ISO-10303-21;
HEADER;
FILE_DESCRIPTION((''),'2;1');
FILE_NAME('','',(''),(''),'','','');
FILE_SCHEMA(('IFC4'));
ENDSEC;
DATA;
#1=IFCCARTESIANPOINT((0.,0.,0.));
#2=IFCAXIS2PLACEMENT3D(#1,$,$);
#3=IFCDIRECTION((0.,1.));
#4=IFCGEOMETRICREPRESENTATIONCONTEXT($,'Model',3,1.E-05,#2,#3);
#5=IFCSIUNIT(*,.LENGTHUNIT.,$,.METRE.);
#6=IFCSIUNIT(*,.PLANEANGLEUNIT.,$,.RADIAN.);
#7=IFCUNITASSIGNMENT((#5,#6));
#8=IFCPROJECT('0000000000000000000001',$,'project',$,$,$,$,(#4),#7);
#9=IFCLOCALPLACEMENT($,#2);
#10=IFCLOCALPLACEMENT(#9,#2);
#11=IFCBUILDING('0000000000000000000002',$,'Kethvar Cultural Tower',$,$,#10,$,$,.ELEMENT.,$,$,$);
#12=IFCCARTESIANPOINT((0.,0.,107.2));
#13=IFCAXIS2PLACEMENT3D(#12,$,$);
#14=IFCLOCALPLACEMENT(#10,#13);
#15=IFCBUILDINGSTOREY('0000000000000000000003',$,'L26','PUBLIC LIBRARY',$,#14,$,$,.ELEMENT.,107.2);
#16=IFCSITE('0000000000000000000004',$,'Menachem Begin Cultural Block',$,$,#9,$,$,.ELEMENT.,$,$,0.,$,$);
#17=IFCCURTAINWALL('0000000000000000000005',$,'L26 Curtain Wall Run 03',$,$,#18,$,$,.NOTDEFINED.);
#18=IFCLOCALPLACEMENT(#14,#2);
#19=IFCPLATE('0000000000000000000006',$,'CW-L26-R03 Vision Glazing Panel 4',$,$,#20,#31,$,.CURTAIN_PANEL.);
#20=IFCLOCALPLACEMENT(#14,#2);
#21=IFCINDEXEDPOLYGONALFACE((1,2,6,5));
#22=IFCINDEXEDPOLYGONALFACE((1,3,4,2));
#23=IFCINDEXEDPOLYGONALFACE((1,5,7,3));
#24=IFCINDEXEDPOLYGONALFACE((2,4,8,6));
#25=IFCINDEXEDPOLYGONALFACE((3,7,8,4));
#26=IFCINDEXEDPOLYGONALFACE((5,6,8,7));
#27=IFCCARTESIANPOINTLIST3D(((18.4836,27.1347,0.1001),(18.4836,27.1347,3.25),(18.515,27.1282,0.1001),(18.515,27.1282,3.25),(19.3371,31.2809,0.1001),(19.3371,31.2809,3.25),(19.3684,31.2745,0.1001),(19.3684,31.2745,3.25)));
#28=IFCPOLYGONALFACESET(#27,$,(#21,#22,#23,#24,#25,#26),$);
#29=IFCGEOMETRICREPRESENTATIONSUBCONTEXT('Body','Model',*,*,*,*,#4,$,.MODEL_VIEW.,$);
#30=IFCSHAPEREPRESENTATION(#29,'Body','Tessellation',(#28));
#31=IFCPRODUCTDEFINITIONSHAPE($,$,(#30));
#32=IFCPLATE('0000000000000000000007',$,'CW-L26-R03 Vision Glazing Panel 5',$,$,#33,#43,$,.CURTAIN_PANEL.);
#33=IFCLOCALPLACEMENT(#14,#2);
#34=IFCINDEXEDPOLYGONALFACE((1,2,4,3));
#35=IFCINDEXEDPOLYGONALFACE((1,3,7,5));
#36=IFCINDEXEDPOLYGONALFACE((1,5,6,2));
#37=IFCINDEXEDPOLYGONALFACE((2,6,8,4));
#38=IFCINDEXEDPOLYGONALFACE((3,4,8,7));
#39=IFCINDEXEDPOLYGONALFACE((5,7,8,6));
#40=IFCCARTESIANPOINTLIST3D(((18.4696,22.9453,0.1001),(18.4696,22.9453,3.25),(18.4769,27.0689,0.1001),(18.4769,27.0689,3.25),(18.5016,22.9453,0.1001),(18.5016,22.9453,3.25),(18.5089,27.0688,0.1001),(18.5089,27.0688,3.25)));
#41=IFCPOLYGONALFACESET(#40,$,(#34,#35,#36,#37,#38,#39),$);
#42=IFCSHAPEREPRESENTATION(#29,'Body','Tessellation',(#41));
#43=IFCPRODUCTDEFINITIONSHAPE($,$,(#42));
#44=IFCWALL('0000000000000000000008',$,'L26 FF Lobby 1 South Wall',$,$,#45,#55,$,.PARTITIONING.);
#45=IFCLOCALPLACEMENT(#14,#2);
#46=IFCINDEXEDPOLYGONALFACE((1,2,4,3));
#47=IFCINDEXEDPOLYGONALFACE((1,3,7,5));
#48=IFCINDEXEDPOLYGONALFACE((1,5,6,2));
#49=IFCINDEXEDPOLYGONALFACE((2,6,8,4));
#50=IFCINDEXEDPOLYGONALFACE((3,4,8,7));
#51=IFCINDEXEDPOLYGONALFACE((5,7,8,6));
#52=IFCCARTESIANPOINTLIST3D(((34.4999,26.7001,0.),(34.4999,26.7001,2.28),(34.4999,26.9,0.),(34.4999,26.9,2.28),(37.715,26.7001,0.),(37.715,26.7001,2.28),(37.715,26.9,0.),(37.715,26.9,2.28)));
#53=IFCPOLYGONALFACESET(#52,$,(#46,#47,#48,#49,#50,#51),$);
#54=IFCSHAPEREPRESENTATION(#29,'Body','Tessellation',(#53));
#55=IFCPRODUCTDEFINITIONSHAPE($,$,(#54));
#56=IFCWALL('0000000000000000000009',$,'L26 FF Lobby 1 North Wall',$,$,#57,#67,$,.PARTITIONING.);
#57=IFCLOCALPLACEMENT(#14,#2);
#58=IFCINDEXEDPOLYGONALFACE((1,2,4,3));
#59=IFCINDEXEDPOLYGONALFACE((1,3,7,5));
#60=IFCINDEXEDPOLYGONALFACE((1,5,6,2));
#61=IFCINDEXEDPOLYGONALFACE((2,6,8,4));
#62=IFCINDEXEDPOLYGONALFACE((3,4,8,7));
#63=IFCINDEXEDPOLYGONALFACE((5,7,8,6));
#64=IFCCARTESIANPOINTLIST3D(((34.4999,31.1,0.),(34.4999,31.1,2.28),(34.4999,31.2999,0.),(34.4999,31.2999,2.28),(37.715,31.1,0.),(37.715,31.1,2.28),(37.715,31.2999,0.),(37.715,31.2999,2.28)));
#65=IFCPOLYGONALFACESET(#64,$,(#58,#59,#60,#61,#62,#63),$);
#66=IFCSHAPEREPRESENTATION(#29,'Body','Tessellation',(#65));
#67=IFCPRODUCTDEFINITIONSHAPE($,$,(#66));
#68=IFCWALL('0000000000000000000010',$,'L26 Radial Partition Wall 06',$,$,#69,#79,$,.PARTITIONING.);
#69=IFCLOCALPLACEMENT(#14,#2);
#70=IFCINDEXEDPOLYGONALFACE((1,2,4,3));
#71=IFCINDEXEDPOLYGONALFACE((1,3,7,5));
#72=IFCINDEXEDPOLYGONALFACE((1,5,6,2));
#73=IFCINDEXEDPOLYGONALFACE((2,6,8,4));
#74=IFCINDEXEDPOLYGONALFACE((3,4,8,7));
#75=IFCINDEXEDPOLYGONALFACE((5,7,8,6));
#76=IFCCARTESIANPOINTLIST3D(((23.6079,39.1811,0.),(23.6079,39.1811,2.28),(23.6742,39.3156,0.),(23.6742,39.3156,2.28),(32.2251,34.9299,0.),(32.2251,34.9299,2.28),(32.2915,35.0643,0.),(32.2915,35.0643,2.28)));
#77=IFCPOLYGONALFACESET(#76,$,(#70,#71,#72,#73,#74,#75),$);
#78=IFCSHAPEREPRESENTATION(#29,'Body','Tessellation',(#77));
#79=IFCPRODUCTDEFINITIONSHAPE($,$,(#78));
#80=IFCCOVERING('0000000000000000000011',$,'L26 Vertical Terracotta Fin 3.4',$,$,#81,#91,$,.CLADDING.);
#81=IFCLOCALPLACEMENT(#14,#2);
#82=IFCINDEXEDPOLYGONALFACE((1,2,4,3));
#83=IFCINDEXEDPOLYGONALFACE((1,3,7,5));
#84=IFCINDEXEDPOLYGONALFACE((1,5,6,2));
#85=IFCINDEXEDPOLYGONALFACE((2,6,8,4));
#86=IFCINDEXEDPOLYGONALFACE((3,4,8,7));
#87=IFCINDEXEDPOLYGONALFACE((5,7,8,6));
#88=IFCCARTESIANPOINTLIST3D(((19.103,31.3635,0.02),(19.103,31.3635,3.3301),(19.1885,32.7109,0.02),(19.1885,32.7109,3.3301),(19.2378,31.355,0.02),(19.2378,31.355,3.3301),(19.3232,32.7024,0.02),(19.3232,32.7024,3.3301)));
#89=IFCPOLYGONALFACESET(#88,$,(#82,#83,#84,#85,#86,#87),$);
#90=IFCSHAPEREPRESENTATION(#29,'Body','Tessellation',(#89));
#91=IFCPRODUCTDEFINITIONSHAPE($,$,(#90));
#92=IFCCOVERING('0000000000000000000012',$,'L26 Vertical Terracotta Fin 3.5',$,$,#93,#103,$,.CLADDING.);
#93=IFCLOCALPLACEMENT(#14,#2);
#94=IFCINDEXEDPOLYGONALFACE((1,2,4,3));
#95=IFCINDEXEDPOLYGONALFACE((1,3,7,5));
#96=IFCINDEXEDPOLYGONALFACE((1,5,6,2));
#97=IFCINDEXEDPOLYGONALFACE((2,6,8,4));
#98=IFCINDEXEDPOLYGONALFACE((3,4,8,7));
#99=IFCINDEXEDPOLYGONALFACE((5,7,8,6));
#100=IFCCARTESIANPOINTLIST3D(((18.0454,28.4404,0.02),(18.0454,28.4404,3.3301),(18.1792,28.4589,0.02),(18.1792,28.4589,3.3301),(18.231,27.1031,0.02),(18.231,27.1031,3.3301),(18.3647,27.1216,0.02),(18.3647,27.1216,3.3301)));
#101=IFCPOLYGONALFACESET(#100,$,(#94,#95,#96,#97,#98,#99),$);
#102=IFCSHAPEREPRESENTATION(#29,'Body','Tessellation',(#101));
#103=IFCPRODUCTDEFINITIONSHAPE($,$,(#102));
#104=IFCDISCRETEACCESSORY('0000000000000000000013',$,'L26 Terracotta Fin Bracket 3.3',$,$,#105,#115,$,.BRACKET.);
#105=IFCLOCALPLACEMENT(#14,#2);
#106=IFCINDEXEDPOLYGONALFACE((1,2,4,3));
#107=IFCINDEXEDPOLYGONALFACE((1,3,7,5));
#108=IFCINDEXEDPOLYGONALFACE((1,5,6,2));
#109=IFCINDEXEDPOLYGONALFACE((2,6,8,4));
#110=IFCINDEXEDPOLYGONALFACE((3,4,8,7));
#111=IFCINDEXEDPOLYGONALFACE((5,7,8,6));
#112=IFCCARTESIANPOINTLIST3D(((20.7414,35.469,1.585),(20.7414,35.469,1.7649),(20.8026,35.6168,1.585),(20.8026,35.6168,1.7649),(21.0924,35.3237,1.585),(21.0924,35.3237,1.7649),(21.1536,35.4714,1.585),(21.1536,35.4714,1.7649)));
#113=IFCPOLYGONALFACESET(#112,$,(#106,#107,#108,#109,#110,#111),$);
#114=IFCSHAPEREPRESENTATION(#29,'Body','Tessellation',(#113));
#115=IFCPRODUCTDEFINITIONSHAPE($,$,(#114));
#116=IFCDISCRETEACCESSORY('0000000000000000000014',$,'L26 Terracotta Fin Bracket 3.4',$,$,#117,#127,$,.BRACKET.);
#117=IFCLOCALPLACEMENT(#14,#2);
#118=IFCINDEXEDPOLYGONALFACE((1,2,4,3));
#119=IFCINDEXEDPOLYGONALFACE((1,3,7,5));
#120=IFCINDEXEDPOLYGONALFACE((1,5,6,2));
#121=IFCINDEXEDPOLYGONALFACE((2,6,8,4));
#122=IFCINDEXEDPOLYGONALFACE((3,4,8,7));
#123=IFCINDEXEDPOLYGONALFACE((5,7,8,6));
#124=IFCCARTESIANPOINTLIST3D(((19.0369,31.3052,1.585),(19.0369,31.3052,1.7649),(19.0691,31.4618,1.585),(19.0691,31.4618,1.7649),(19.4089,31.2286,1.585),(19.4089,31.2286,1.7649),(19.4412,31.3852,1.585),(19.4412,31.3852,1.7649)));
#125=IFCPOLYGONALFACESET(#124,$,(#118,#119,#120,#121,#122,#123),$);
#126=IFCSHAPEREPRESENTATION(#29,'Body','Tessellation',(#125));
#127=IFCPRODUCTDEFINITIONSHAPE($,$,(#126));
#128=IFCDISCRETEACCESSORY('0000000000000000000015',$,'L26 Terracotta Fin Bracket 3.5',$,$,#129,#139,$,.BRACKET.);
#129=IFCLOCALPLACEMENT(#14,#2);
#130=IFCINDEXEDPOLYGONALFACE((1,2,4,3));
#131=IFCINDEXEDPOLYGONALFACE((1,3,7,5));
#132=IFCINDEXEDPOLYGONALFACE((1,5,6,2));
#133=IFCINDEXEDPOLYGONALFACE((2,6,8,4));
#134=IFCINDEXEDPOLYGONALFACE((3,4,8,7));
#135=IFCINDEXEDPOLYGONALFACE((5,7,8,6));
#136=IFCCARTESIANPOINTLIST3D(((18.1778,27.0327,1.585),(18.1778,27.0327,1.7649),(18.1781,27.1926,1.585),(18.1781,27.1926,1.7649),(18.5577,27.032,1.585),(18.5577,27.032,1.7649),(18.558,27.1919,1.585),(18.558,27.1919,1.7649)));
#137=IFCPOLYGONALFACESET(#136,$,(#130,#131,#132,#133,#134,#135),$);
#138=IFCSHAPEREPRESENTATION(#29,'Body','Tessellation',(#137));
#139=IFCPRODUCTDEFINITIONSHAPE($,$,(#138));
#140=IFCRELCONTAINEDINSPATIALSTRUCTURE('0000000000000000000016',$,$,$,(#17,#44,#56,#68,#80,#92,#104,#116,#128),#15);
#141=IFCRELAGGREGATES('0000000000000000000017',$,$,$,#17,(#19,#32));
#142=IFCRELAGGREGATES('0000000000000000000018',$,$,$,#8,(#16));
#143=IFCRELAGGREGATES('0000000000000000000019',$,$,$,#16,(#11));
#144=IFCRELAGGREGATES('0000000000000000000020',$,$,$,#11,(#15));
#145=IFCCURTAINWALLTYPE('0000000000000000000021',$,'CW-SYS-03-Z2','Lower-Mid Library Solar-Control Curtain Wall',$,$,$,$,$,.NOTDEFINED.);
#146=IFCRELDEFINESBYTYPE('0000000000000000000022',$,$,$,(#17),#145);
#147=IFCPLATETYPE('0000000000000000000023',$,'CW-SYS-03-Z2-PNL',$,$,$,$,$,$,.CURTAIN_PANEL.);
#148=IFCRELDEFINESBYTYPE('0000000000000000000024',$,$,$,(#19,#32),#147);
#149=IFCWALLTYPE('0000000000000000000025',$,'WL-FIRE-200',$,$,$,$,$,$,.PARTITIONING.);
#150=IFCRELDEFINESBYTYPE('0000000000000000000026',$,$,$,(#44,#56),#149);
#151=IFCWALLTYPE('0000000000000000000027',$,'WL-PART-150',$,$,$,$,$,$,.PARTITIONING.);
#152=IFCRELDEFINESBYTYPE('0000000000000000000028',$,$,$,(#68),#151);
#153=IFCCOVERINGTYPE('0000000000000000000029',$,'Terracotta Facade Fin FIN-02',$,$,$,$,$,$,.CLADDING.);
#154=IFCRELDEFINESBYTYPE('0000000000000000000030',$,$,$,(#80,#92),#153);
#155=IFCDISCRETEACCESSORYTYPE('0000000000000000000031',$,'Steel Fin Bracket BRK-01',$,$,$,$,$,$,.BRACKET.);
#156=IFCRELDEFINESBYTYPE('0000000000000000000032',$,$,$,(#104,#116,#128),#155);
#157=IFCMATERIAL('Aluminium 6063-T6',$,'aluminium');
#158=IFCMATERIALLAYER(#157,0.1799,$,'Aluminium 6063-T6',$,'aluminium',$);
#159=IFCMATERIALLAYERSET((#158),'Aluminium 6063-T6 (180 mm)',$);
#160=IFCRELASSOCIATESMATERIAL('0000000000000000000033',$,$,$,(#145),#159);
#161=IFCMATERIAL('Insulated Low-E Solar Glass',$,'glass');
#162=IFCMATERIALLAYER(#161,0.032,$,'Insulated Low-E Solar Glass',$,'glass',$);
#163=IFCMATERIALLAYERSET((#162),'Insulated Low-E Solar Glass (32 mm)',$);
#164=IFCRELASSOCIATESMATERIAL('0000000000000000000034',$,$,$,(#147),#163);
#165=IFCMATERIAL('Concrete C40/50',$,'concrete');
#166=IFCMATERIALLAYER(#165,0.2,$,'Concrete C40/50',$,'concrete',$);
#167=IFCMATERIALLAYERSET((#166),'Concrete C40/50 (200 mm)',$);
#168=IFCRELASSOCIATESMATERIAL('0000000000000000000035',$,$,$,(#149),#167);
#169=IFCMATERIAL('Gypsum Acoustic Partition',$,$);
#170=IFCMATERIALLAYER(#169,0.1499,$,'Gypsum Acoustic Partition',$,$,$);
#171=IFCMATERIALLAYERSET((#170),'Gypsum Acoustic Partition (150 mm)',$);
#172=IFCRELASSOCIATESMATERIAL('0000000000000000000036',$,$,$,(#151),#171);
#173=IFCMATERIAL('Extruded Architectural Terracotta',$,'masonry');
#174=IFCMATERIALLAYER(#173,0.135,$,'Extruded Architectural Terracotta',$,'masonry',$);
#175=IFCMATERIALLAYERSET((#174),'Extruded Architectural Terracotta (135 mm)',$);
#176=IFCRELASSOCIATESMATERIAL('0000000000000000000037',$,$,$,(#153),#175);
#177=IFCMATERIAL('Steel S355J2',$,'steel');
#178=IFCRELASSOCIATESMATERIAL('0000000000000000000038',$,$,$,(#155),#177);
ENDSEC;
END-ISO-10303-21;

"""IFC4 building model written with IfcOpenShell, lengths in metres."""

from ifc_helpers import new_model, si_unit, direction, frame, frame_2d, origin, origin_2d, place, context, subcontext, project, spatial, rectangle, extrude, source, transform, mapped, material, layer, layer_set, type_object, element, aggregate, save


model = new_model("IFC4")

# Units and contexts
model_context = context("Model", 3, precision=1e-05, world=origin(), true_north=direction((0.0, 1.0)))
body_context = subcontext(model_context, "Body", "Model", "MODEL_VIEW")
ifc_project = project(units=[si_unit("LENGTHUNIT", "METRE"), si_unit("PLANEANGLEUNIT", "RADIAN")], contexts=[model_context])

# Site, building, storey
site_placement = place(None, origin())
site = spatial("IfcSite", under=ifc_project, at=site_placement, Name="Menachem Begin Cultural Block", CompositionType="ELEMENT", RefElevation=0.0)
building_placement = place(site_placement, origin())
building = spatial("IfcBuilding", under=site, at=building_placement, Name="Kethvar Cultural Tower", CompositionType="ELEMENT")
storey_placement = place(building_placement, frame((0.0, 0.0, 107.2)))
storey = spatial("IfcBuildingStorey", under=building, at=storey_placement, Name="L26", Description="PUBLIC LIBRARY", CompositionType="ELEMENT", Elevation=107.2)

# Shared definitions
ifc_material_1 = material(Name="Steel S355J2", Category="steel")

# Curtain wall, plates
ifc_material_2 = material(Name="Aluminium 6063-T6", Category="aluminium")
ifc_layer_1 = layer(ifc_material_2, 0.1799, Name="Aluminium 6063-T6", Category="aluminium")
ifc_layer_set_1 = layer_set([ifc_layer_1], Name="Aluminium 6063-T6 (180 mm)")
curtain_wall_type = type_object("IfcCurtainWallType", Name="CW-SYS-03-Z2", Description="Lower-Mid Library Solar-Control Curtain Wall", PredefinedType="NOTDEFINED", material=ifc_layer_set_1)
curtain_wall_placement = place(storey_placement, origin())
curtain_wall = element("IfcCurtainWall", 1, at=curtain_wall_placement, inside=storey, type_object=curtain_wall_type, Name="L26 Curtain Wall Run 03", PredefinedType="NOTDEFINED")
ifc_material_3 = material(Name="Insulated Low-E Solar Glass", Category="glass")
ifc_layer_2 = layer(ifc_material_3, 0.032, Name="Insulated Low-E Solar Glass", Category="glass")
ifc_layer_set_2 = layer_set([ifc_layer_2], Name="Insulated Low-E Solar Glass (32 mm)")
plate_type = type_object("IfcPlateType", Name="CW-SYS-03-Z2-PNL", PredefinedType="CURTAIN_PANEL", material=ifc_layer_set_2)
shared_shape_1 = source(origin(), body_context, "Body", "SweptSolid", [
    extrude(rectangle(XDim=4.2332, YDim=0.032, at=origin_2d()), origin(), (0.0, 0.0, 1.0), 3.1499),
])
plate_1_placement = place(storey_placement, frame((18.926, 29.2046, 0.1001), z_axis=(0.0, 0.0, 1.0), x_axis=(-0.201608, -0.979466, 0.0)))
plate_1 = element("IfcPlate", 2, at=plate_1_placement, type_object=plate_type, Name="CW-L26-R03 Vision Glazing Panel 4", PredefinedType="CURTAIN_PANEL", context=body_context, shape_type="MappedRepresentation", body=[
    mapped(shared_shape_1, transform((0.0, 0.0, 0.0), scale=1.0)),
])
shared_shape_2 = source(origin(), body_context, "Body", "SweptSolid", [
    extrude(rectangle(XDim=4.1235, YDim=0.032, at=origin_2d()), origin(), (0.0, 0.0, 1.0), 3.1499),
])
plate_2_placement = place(storey_placement, frame((18.4893, 25.0071, 0.1001), z_axis=(0.0, 0.0, 1.0), x_axis=(-0.001763, -0.999998, 0.0)))
plate_2 = element("IfcPlate", 3, at=plate_2_placement, type_object=plate_type, Name="CW-L26-R03 Vision Glazing Panel 5", PredefinedType="CURTAIN_PANEL", context=body_context, shape_type="MappedRepresentation", body=[
    mapped(shared_shape_2, transform((0.0, 0.0, 0.0), scale=1.0)),
])
aggregate(curtain_wall, [plate_1, plate_2])

# Shared definitions
ifc_material_4 = material(Name="Concrete C40/50", Category="concrete")
ifc_layer_3 = layer(ifc_material_4, 0.2, Name="Concrete C40/50", Category="concrete")
ifc_layer_set_3 = layer_set([ifc_layer_3], Name="Concrete C40/50 (200 mm)")
wall_type_1 = type_object("IfcWallType", Name="WL-FIRE-200", PredefinedType="PARTITIONING", material=ifc_layer_set_3)

# Walls
for number, where, z_axis, x_axis, name in (
    (4, (34.5, 26.8, 0.0), (0.0, 0.0, 1.0), (1.0, 0.0, 0.0), "L26 FF Lobby 1 South Wall"),
    (5, (34.5, 31.2, 0.0), (0.0, 0.0, 1.0), (1.0, 0.0, 0.0), "L26 FF Lobby 1 North Wall"),
):
    element("IfcWall", number, at=place(storey_placement, frame(where, z_axis=z_axis, x_axis=x_axis)), inside=storey, type_object=wall_type_1, Name=name, PredefinedType="PARTITIONING", context=body_context, shape_type="SweptSolid", body=[
        extrude(rectangle(XDim=3.2151, YDim=0.2, at=frame_2d((1.6074, 0.0))), origin(), (0.0, 0.0, 1.0), 2.28),
    ])
ifc_material_5 = material(Name="Gypsum Acoustic Partition")
ifc_layer_4 = layer(ifc_material_5, 0.1499, Name="Gypsum Acoustic Partition")
ifc_layer_set_4 = layer_set([ifc_layer_4], Name="Gypsum Acoustic Partition (150 mm)")
wall_type_2 = type_object("IfcWallType", Name="WL-PART-150", PredefinedType="PARTITIONING", material=ifc_layer_set_4)
wall_1_placement = place(storey_placement, frame((32.2583, 34.9971, 0.0), z_axis=(0.0, 0.0, 1.0), x_axis=(-0.896803, 0.442431, 0.0)))
element("IfcWall", 6, at=wall_1_placement, inside=storey, type_object=wall_type_2, Name="L26 Radial Partition Wall 06", PredefinedType="PARTITIONING", context=body_context, shape_type="SweptSolid", body=[
    extrude(rectangle(XDim=9.6089, YDim=0.1499, at=frame_2d((4.8044, 0.0))), origin(), (0.0, 0.0, 1.0), 2.28),
])

# Coverings
ifc_material_6 = material(Name="Extruded Architectural Terracotta", Category="masonry")
ifc_layer_5 = layer(ifc_material_6, 0.135, Name="Extruded Architectural Terracotta", Category="masonry")
ifc_layer_set_5 = layer_set([ifc_layer_5], Name="Extruded Architectural Terracotta (135 mm)")
covering_type = type_object("IfcCoveringType", Name="Terracotta Facade Fin FIN-02", PredefinedType="CLADDING", material=ifc_layer_set_5)
shared_shape_3 = source(origin(), body_context, "Body", "SweptSolid", [
    extrude(rectangle(XDim=1.3501, YDim=0.135, at=origin_2d()), origin(), (0.0, 0.0, 1.0), 3.3101),
])
for number, where, z_axis, x_axis, name in (
    (7, (19.2131, 32.033, 0.02), (0.0, 0.0, 1.0), (0.063313, 0.997994, 0.0), "L26 Vertical Terracotta Fin 3.4"),
    (8, (18.2051, 27.781, 0.02), (0.0, 0.0, 1.0), (-0.137445, 0.990509, 0.0), "L26 Vertical Terracotta Fin 3.5"),
):
    element("IfcCovering", number, at=place(storey_placement, frame(where, z_axis=z_axis, x_axis=x_axis)), inside=storey, type_object=covering_type, Name=name, PredefinedType="CLADDING", context=body_context, shape_type="MappedRepresentation", body=[
        mapped(shared_shape_3, transform((0.0, 0.0, 0.0), scale=1.0)),
    ])

# Discrete accessories
discrete_accessory_type = type_object("IfcDiscreteAccessoryType", Name="Steel Fin Bracket BRK-01", PredefinedType="BRACKET", material=ifc_material_1)
shared_shape_4 = source(origin(), body_context, "Body", "SweptSolid", [
    extrude(rectangle(XDim=0.3799, YDim=0.1599, at=origin_2d()), origin(), (0.0, 0.0, 1.0), 0.1799),
])
for number, where, z_axis, x_axis, name in (
    (9, (20.9475, 35.4702, 1.585), (0.0, 0.0, 1.0), (-0.92388, 0.382683, 0.0), "L26 Terracotta Fin Bracket 3.3"),
    (10, (19.239, 31.3452, 1.585), (0.0, 0.0, 1.0), (-0.97947, 0.201591, 0.0), "L26 Terracotta Fin Bracket 3.4"),
    (11, (18.3679, 27.1123, 1.585), (0.0, 0.0, 1.0), (-0.999998, 0.001745, 0.0), "L26 Terracotta Fin Bracket 3.5"),
):
    element("IfcDiscreteAccessory", number, at=place(storey_placement, frame(where, z_axis=z_axis, x_axis=x_axis)), inside=storey, type_object=discrete_accessory_type, Name=name, PredefinedType="BRACKET", context=body_context, shape_type="MappedRepresentation", body=[
        mapped(shared_shape_4, transform((0.0, 0.0, 0.0), scale=1.0)),
    ])

save(model, "model.ifc")
